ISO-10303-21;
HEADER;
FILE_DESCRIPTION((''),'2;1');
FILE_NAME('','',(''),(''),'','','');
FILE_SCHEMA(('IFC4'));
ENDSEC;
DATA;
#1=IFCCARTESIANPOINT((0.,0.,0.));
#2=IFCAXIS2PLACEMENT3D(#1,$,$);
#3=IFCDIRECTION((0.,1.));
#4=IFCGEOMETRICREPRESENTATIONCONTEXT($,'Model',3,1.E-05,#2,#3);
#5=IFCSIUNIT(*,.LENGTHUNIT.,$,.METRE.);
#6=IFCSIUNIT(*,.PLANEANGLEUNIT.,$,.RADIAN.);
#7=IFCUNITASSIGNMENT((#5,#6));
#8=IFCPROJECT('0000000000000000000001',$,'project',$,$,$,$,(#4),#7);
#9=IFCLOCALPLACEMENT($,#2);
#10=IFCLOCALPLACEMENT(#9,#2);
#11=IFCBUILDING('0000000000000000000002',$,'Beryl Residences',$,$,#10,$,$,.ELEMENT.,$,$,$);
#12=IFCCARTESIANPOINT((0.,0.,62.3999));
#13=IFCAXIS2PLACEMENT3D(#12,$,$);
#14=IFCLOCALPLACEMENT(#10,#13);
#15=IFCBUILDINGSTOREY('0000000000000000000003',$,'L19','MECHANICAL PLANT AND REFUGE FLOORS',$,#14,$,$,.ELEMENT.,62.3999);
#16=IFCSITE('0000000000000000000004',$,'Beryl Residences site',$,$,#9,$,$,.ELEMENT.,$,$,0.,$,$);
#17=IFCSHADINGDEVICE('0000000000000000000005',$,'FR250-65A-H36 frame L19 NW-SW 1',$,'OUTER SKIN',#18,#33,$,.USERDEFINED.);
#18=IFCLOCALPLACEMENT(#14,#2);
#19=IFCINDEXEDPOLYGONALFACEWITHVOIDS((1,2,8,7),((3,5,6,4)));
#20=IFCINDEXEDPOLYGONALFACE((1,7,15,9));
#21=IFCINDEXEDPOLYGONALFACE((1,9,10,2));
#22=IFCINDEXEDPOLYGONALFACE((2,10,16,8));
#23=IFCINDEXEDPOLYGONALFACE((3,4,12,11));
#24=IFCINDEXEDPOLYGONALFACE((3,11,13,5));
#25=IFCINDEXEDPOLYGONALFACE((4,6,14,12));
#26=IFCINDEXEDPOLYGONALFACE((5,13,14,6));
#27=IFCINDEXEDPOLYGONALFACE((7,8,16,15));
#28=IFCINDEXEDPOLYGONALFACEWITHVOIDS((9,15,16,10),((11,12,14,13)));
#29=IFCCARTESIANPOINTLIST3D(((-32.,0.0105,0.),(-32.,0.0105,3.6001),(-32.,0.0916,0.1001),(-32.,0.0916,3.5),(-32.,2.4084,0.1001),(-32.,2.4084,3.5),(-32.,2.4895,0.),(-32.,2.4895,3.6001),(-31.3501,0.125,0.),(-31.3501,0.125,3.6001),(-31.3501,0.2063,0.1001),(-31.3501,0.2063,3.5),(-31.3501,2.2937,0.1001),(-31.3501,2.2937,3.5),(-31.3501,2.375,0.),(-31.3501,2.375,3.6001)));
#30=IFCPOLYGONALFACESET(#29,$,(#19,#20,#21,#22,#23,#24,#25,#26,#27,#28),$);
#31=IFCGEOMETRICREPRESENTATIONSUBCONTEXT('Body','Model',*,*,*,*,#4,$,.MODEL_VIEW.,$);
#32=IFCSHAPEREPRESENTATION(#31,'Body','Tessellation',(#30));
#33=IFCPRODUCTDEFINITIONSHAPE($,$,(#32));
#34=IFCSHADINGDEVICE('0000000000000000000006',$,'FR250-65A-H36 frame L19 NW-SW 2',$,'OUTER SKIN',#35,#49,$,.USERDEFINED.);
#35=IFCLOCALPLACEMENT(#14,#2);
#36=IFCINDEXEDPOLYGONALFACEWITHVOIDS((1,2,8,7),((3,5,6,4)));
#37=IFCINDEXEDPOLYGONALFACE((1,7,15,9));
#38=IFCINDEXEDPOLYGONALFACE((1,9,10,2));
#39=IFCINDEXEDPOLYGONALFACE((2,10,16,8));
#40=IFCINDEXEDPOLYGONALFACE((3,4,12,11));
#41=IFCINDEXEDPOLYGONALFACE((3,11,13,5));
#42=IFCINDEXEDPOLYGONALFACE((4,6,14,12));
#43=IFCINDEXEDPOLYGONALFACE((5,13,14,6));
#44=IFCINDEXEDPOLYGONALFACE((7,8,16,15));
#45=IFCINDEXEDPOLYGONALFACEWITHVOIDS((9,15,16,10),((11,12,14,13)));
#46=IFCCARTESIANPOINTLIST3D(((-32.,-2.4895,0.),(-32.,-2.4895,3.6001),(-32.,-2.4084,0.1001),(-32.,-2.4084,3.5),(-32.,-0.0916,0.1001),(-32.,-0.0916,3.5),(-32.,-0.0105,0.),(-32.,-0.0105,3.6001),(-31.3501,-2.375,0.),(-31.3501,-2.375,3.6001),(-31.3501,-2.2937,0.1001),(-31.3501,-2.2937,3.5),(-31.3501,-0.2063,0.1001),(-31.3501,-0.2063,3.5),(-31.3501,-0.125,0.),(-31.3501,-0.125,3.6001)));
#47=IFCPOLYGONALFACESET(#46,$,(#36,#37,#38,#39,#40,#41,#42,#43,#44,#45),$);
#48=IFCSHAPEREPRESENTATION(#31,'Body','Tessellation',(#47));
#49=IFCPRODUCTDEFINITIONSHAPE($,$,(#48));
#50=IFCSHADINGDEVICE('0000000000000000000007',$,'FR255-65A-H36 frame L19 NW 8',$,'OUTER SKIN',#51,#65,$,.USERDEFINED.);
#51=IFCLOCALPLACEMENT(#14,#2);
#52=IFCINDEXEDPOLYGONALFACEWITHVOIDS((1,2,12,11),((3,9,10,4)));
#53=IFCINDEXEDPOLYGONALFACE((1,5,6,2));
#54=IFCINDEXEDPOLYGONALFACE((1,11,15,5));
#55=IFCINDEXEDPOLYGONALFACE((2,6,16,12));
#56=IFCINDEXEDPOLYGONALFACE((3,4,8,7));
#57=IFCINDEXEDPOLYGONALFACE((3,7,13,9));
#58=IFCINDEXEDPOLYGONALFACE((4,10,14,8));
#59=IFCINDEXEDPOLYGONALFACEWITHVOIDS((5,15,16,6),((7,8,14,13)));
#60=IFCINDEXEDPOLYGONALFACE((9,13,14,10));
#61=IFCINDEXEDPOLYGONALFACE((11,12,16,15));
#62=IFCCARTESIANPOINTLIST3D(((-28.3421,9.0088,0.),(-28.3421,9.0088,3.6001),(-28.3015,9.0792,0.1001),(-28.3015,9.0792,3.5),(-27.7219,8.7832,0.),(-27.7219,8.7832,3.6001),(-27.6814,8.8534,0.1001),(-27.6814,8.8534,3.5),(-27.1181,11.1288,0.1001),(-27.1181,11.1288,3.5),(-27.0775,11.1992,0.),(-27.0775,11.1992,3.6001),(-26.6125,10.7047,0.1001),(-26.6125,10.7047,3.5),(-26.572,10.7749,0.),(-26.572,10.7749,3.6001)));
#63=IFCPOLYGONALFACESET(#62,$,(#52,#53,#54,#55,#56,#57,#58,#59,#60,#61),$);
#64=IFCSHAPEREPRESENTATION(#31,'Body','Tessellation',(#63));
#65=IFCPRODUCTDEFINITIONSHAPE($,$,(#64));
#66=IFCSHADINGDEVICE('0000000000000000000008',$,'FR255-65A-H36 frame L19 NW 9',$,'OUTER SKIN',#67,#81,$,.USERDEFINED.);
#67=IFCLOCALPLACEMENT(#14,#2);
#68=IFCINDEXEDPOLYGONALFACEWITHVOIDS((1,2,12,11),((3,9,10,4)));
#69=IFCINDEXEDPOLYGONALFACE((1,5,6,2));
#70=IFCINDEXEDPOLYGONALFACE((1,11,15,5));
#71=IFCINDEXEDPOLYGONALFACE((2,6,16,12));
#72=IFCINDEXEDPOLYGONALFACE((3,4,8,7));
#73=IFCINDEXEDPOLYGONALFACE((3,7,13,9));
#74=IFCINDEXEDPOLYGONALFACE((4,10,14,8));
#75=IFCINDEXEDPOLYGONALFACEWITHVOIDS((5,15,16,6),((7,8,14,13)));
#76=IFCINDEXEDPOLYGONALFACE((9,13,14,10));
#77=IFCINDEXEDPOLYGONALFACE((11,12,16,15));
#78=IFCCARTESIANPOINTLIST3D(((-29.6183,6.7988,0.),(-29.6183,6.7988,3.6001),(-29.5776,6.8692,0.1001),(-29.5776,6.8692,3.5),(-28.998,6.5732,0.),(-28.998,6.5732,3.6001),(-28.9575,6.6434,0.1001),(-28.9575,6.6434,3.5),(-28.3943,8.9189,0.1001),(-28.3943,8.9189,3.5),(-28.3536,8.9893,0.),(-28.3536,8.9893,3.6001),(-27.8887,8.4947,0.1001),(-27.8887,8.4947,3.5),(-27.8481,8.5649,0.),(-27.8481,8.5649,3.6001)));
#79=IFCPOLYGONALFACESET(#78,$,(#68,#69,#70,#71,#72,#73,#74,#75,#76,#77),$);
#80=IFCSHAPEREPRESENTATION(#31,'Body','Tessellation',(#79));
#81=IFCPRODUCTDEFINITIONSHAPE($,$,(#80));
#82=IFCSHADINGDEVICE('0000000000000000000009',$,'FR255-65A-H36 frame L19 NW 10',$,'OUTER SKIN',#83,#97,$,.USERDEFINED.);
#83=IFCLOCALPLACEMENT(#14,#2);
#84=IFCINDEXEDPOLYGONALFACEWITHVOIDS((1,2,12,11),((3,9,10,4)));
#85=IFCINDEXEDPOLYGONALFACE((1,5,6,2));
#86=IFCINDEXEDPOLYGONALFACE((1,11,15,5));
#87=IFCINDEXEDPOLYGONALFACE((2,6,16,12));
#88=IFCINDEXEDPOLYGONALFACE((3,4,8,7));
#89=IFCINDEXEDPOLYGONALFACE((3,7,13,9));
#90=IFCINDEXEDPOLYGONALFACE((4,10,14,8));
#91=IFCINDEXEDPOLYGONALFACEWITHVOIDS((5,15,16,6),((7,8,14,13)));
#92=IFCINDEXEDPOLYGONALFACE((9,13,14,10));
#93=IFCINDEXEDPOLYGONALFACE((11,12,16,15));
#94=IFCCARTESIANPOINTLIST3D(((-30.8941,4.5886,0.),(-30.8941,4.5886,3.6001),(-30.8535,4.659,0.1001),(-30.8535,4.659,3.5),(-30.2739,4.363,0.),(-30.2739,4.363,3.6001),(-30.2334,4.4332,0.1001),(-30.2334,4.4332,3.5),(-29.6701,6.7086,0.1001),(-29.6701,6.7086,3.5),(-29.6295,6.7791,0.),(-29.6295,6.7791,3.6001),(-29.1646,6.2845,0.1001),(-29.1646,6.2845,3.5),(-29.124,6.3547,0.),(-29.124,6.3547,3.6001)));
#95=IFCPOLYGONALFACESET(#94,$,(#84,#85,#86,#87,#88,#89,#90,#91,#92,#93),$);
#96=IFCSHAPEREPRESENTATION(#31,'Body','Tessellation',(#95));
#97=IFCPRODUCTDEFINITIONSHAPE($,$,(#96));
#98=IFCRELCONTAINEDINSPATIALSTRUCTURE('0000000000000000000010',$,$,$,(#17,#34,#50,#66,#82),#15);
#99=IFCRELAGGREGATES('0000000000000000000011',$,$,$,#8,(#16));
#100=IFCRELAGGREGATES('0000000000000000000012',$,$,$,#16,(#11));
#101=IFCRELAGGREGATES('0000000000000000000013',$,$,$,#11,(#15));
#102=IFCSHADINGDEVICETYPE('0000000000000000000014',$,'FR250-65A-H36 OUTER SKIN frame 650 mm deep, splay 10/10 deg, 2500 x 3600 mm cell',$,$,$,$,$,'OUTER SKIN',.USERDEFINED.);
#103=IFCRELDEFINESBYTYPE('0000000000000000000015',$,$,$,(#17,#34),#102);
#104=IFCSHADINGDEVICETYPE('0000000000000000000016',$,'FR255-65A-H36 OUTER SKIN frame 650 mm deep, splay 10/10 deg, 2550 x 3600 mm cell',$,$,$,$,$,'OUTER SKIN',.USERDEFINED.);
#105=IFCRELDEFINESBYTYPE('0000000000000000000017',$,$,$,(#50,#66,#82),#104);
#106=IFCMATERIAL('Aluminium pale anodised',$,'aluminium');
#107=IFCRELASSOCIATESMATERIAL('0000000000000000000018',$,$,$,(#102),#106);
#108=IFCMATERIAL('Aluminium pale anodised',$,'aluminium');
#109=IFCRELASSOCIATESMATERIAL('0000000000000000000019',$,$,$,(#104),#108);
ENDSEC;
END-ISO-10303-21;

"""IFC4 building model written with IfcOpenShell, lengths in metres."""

from ifc_helpers import new_model, entity, si_unit, direction, frame, origin, place, context, subcontext, project, spatial, source, transform, mapped, material, type_object, type_shapes, element, save


model = new_model("IFC4")

# Units and contexts
model_context = context("Model", 3, precision=1e-05, world=origin(), true_north=direction((0.0, 1.0)))
body_context = subcontext(model_context, "Body", "Model", "MODEL_VIEW")
ifc_project = project(units=[si_unit("LENGTHUNIT", "METRE"), si_unit("PLANEANGLEUNIT", "RADIAN")], contexts=[model_context])

# Site, building, storey
site_placement = place(None, origin())
site = spatial("IfcSite", under=ifc_project, at=site_placement, Name="Beryl Residences site", CompositionType="ELEMENT", RefElevation=0.0)
building_placement = place(site_placement, origin())
building = spatial("IfcBuilding", under=site, at=building_placement, Name="Beryl Residences", CompositionType="ELEMENT")
storey_placement = place(building_placement, frame((0.0, 0.0, 62.3999)))
storey = spatial("IfcBuildingStorey", under=building, at=storey_placement, Name="L19", Description="MECHANICAL PLANT AND REFUGE FLOORS", CompositionType="ELEMENT", Elevation=62.3999)

# Shading devices
ifc_material_1 = material(Name="Aluminium pale anodised", Category="aluminium")
shading_device_type_1 = type_object("IfcShadingDeviceType", Name="FR250-65A-H36 OUTER SKIN frame 650 mm deep, splay 10/10 deg, 2500 x 3600 mm cell", ElementType="OUTER SKIN", PredefinedType="USERDEFINED", material=ifc_material_1)
cartesian_point_1 = entity("IfcCartesianPoint", [-1.125, 0.0])
cartesian_point_2 = entity("IfcCartesianPoint", [-1.0437, 0.1001])
cartesian_point_3 = entity("IfcCartesianPoint", [-1.2395, 0.0])
cartesian_point_4 = entity("IfcCartesianPoint", [-1.1584, 0.1001])
shared_shape_1 = source(origin(), body_context, "Body", "SweptSolid", [
    entity("IfcExtrudedAreaSolidTapered", entity("IfcArbitraryProfileDefWithVoids", "AREA", None, entity("IfcPolyline", [cartesian_point_1, entity("IfcCartesianPoint", [1.125, 0.0]), entity("IfcCartesianPoint", [1.125, 3.6001]), entity("IfcCartesianPoint", [-1.125, 3.6001]), cartesian_point_1]), [entity("IfcPolyline", [cartesian_point_2, entity("IfcCartesianPoint", [1.0437, 0.1001]), entity("IfcCartesianPoint", [1.0437, 3.5]), entity("IfcCartesianPoint", [-1.0437, 3.5]), cartesian_point_2])]), entity("IfcAxis2Placement3D", entity("IfcCartesianPoint", [0.0, 0.0, 0.0]), entity("IfcDirection", [0.0, 1.0, 0.0]), entity("IfcDirection", [-1.0, 0.0, 0.0])), entity("IfcDirection", [0.0, 0.0, 1.0]), 0.6499, entity("IfcArbitraryProfileDefWithVoids", "AREA", None, entity("IfcPolyline", [cartesian_point_3, entity("IfcCartesianPoint", [1.2395, 0.0]), entity("IfcCartesianPoint", [1.2395, 3.6001]), entity("IfcCartesianPoint", [-1.2395, 3.6001]), cartesian_point_3]), [entity("IfcPolyline", [cartesian_point_4, entity("IfcCartesianPoint", [1.1584, 0.1001]), entity("IfcCartesianPoint", [1.1584, 3.5]), entity("IfcCartesianPoint", [-1.1584, 3.5]), cartesian_point_4])])),
])
type_shapes(shading_device_type_1, [shared_shape_1])
for number, where, z_axis, x_axis, name in (
    (1, (-31.3501, 1.25, 0.0), (0.0, 0.0, 1.0), (0.0, 1.0, 0.0), "FR250-65A-H36 frame L19 NW-SW 1"),
    (2, (-31.3501, -1.25, 0.0), (0.0, 0.0, 1.0), (0.0, 1.0, 0.0), "FR250-65A-H36 frame L19 NW-SW 2"),
):
    element("IfcShadingDevice", number, at=place(storey_placement, frame(where, z_axis=z_axis, x_axis=x_axis)), inside=storey, type_object=shading_device_type_1, Name=name, ObjectType="OUTER SKIN", PredefinedType="USERDEFINED", context=body_context, shape_type="MappedRepresentation", body=[
        mapped(shared_shape_1, transform((0.0, 0.0, 0.0))),
    ])
ifc_material_2 = material(Name="Aluminium pale anodised", Category="aluminium")
shading_device_type_2 = type_object("IfcShadingDeviceType", Name="FR255-65A-H36 OUTER SKIN frame 650 mm deep, splay 10/10 deg, 2550 x 3600 mm cell", ElementType="OUTER SKIN", PredefinedType="USERDEFINED", material=ifc_material_2)
cartesian_point_5 = entity("IfcCartesianPoint", [-1.1499, 0.0])
cartesian_point_6 = entity("IfcCartesianPoint", [-1.0688, 0.1001])
cartesian_point_7 = entity("IfcCartesianPoint", [-1.2646, 0.0])
cartesian_point_8 = entity("IfcCartesianPoint", [-1.1833, 0.1001])
shared_shape_2 = source(origin(), body_context, "Body", "SweptSolid", [
    entity("IfcExtrudedAreaSolidTapered", entity("IfcArbitraryProfileDefWithVoids", "AREA", None, entity("IfcPolyline", [cartesian_point_5, entity("IfcCartesianPoint", [1.1499, 0.0]), entity("IfcCartesianPoint", [1.1499, 3.6001]), entity("IfcCartesianPoint", [-1.1499, 3.6001]), cartesian_point_5]), [entity("IfcPolyline", [cartesian_point_6, entity("IfcCartesianPoint", [1.0688, 0.1001]), entity("IfcCartesianPoint", [1.0688, 3.5]), entity("IfcCartesianPoint", [-1.0688, 3.5]), cartesian_point_6])]), entity("IfcAxis2Placement3D", entity("IfcCartesianPoint", [0.0, 0.0, 0.0]), entity("IfcDirection", [0.0, 1.0, 0.0]), entity("IfcDirection", [-1.0, 0.0, 0.0])), entity("IfcDirection", [0.0, 0.0, 1.0]), 0.6499, entity("IfcArbitraryProfileDefWithVoids", "AREA", None, entity("IfcPolyline", [cartesian_point_7, entity("IfcCartesianPoint", [1.2646, 0.0]), entity("IfcCartesianPoint", [1.2646, 3.6001]), entity("IfcCartesianPoint", [-1.2646, 3.6001]), cartesian_point_7]), [entity("IfcPolyline", [cartesian_point_8, entity("IfcCartesianPoint", [1.1833, 0.1001]), entity("IfcCartesianPoint", [1.1833, 3.5]), entity("IfcCartesianPoint", [-1.1833, 3.5]), cartesian_point_8])])),
])
type_shapes(shading_device_type_2, [shared_shape_2])
for number, where, z_axis, x_axis, name in (
    (3, (-27.147, 9.7791, 0.0), (0.0, 0.0, 1.0), (0.5, 0.866025, 0.0), "FR255-65A-H36 frame L19 NW 8"),
    (4, (-28.4231, 7.5691, 0.0), (0.0, 0.0, 1.0), (0.5, 0.866025, 0.0), "FR255-65A-H36 frame L19 NW 9"),
    (5, (-29.699, 5.3589, 0.0), (0.0, 0.0, 1.0), (0.5, 0.866025, 0.0), "FR255-65A-H36 frame L19 NW 10"),
):
    element("IfcShadingDevice", number, at=place(storey_placement, frame(where, z_axis=z_axis, x_axis=x_axis)), inside=storey, type_object=shading_device_type_2, Name=name, ObjectType="OUTER SKIN", PredefinedType="USERDEFINED", context=body_context, shape_type="MappedRepresentation", body=[
        mapped(shared_shape_2, transform((0.0, 0.0, 0.0))),
    ])

save(model, "model.ifc")
